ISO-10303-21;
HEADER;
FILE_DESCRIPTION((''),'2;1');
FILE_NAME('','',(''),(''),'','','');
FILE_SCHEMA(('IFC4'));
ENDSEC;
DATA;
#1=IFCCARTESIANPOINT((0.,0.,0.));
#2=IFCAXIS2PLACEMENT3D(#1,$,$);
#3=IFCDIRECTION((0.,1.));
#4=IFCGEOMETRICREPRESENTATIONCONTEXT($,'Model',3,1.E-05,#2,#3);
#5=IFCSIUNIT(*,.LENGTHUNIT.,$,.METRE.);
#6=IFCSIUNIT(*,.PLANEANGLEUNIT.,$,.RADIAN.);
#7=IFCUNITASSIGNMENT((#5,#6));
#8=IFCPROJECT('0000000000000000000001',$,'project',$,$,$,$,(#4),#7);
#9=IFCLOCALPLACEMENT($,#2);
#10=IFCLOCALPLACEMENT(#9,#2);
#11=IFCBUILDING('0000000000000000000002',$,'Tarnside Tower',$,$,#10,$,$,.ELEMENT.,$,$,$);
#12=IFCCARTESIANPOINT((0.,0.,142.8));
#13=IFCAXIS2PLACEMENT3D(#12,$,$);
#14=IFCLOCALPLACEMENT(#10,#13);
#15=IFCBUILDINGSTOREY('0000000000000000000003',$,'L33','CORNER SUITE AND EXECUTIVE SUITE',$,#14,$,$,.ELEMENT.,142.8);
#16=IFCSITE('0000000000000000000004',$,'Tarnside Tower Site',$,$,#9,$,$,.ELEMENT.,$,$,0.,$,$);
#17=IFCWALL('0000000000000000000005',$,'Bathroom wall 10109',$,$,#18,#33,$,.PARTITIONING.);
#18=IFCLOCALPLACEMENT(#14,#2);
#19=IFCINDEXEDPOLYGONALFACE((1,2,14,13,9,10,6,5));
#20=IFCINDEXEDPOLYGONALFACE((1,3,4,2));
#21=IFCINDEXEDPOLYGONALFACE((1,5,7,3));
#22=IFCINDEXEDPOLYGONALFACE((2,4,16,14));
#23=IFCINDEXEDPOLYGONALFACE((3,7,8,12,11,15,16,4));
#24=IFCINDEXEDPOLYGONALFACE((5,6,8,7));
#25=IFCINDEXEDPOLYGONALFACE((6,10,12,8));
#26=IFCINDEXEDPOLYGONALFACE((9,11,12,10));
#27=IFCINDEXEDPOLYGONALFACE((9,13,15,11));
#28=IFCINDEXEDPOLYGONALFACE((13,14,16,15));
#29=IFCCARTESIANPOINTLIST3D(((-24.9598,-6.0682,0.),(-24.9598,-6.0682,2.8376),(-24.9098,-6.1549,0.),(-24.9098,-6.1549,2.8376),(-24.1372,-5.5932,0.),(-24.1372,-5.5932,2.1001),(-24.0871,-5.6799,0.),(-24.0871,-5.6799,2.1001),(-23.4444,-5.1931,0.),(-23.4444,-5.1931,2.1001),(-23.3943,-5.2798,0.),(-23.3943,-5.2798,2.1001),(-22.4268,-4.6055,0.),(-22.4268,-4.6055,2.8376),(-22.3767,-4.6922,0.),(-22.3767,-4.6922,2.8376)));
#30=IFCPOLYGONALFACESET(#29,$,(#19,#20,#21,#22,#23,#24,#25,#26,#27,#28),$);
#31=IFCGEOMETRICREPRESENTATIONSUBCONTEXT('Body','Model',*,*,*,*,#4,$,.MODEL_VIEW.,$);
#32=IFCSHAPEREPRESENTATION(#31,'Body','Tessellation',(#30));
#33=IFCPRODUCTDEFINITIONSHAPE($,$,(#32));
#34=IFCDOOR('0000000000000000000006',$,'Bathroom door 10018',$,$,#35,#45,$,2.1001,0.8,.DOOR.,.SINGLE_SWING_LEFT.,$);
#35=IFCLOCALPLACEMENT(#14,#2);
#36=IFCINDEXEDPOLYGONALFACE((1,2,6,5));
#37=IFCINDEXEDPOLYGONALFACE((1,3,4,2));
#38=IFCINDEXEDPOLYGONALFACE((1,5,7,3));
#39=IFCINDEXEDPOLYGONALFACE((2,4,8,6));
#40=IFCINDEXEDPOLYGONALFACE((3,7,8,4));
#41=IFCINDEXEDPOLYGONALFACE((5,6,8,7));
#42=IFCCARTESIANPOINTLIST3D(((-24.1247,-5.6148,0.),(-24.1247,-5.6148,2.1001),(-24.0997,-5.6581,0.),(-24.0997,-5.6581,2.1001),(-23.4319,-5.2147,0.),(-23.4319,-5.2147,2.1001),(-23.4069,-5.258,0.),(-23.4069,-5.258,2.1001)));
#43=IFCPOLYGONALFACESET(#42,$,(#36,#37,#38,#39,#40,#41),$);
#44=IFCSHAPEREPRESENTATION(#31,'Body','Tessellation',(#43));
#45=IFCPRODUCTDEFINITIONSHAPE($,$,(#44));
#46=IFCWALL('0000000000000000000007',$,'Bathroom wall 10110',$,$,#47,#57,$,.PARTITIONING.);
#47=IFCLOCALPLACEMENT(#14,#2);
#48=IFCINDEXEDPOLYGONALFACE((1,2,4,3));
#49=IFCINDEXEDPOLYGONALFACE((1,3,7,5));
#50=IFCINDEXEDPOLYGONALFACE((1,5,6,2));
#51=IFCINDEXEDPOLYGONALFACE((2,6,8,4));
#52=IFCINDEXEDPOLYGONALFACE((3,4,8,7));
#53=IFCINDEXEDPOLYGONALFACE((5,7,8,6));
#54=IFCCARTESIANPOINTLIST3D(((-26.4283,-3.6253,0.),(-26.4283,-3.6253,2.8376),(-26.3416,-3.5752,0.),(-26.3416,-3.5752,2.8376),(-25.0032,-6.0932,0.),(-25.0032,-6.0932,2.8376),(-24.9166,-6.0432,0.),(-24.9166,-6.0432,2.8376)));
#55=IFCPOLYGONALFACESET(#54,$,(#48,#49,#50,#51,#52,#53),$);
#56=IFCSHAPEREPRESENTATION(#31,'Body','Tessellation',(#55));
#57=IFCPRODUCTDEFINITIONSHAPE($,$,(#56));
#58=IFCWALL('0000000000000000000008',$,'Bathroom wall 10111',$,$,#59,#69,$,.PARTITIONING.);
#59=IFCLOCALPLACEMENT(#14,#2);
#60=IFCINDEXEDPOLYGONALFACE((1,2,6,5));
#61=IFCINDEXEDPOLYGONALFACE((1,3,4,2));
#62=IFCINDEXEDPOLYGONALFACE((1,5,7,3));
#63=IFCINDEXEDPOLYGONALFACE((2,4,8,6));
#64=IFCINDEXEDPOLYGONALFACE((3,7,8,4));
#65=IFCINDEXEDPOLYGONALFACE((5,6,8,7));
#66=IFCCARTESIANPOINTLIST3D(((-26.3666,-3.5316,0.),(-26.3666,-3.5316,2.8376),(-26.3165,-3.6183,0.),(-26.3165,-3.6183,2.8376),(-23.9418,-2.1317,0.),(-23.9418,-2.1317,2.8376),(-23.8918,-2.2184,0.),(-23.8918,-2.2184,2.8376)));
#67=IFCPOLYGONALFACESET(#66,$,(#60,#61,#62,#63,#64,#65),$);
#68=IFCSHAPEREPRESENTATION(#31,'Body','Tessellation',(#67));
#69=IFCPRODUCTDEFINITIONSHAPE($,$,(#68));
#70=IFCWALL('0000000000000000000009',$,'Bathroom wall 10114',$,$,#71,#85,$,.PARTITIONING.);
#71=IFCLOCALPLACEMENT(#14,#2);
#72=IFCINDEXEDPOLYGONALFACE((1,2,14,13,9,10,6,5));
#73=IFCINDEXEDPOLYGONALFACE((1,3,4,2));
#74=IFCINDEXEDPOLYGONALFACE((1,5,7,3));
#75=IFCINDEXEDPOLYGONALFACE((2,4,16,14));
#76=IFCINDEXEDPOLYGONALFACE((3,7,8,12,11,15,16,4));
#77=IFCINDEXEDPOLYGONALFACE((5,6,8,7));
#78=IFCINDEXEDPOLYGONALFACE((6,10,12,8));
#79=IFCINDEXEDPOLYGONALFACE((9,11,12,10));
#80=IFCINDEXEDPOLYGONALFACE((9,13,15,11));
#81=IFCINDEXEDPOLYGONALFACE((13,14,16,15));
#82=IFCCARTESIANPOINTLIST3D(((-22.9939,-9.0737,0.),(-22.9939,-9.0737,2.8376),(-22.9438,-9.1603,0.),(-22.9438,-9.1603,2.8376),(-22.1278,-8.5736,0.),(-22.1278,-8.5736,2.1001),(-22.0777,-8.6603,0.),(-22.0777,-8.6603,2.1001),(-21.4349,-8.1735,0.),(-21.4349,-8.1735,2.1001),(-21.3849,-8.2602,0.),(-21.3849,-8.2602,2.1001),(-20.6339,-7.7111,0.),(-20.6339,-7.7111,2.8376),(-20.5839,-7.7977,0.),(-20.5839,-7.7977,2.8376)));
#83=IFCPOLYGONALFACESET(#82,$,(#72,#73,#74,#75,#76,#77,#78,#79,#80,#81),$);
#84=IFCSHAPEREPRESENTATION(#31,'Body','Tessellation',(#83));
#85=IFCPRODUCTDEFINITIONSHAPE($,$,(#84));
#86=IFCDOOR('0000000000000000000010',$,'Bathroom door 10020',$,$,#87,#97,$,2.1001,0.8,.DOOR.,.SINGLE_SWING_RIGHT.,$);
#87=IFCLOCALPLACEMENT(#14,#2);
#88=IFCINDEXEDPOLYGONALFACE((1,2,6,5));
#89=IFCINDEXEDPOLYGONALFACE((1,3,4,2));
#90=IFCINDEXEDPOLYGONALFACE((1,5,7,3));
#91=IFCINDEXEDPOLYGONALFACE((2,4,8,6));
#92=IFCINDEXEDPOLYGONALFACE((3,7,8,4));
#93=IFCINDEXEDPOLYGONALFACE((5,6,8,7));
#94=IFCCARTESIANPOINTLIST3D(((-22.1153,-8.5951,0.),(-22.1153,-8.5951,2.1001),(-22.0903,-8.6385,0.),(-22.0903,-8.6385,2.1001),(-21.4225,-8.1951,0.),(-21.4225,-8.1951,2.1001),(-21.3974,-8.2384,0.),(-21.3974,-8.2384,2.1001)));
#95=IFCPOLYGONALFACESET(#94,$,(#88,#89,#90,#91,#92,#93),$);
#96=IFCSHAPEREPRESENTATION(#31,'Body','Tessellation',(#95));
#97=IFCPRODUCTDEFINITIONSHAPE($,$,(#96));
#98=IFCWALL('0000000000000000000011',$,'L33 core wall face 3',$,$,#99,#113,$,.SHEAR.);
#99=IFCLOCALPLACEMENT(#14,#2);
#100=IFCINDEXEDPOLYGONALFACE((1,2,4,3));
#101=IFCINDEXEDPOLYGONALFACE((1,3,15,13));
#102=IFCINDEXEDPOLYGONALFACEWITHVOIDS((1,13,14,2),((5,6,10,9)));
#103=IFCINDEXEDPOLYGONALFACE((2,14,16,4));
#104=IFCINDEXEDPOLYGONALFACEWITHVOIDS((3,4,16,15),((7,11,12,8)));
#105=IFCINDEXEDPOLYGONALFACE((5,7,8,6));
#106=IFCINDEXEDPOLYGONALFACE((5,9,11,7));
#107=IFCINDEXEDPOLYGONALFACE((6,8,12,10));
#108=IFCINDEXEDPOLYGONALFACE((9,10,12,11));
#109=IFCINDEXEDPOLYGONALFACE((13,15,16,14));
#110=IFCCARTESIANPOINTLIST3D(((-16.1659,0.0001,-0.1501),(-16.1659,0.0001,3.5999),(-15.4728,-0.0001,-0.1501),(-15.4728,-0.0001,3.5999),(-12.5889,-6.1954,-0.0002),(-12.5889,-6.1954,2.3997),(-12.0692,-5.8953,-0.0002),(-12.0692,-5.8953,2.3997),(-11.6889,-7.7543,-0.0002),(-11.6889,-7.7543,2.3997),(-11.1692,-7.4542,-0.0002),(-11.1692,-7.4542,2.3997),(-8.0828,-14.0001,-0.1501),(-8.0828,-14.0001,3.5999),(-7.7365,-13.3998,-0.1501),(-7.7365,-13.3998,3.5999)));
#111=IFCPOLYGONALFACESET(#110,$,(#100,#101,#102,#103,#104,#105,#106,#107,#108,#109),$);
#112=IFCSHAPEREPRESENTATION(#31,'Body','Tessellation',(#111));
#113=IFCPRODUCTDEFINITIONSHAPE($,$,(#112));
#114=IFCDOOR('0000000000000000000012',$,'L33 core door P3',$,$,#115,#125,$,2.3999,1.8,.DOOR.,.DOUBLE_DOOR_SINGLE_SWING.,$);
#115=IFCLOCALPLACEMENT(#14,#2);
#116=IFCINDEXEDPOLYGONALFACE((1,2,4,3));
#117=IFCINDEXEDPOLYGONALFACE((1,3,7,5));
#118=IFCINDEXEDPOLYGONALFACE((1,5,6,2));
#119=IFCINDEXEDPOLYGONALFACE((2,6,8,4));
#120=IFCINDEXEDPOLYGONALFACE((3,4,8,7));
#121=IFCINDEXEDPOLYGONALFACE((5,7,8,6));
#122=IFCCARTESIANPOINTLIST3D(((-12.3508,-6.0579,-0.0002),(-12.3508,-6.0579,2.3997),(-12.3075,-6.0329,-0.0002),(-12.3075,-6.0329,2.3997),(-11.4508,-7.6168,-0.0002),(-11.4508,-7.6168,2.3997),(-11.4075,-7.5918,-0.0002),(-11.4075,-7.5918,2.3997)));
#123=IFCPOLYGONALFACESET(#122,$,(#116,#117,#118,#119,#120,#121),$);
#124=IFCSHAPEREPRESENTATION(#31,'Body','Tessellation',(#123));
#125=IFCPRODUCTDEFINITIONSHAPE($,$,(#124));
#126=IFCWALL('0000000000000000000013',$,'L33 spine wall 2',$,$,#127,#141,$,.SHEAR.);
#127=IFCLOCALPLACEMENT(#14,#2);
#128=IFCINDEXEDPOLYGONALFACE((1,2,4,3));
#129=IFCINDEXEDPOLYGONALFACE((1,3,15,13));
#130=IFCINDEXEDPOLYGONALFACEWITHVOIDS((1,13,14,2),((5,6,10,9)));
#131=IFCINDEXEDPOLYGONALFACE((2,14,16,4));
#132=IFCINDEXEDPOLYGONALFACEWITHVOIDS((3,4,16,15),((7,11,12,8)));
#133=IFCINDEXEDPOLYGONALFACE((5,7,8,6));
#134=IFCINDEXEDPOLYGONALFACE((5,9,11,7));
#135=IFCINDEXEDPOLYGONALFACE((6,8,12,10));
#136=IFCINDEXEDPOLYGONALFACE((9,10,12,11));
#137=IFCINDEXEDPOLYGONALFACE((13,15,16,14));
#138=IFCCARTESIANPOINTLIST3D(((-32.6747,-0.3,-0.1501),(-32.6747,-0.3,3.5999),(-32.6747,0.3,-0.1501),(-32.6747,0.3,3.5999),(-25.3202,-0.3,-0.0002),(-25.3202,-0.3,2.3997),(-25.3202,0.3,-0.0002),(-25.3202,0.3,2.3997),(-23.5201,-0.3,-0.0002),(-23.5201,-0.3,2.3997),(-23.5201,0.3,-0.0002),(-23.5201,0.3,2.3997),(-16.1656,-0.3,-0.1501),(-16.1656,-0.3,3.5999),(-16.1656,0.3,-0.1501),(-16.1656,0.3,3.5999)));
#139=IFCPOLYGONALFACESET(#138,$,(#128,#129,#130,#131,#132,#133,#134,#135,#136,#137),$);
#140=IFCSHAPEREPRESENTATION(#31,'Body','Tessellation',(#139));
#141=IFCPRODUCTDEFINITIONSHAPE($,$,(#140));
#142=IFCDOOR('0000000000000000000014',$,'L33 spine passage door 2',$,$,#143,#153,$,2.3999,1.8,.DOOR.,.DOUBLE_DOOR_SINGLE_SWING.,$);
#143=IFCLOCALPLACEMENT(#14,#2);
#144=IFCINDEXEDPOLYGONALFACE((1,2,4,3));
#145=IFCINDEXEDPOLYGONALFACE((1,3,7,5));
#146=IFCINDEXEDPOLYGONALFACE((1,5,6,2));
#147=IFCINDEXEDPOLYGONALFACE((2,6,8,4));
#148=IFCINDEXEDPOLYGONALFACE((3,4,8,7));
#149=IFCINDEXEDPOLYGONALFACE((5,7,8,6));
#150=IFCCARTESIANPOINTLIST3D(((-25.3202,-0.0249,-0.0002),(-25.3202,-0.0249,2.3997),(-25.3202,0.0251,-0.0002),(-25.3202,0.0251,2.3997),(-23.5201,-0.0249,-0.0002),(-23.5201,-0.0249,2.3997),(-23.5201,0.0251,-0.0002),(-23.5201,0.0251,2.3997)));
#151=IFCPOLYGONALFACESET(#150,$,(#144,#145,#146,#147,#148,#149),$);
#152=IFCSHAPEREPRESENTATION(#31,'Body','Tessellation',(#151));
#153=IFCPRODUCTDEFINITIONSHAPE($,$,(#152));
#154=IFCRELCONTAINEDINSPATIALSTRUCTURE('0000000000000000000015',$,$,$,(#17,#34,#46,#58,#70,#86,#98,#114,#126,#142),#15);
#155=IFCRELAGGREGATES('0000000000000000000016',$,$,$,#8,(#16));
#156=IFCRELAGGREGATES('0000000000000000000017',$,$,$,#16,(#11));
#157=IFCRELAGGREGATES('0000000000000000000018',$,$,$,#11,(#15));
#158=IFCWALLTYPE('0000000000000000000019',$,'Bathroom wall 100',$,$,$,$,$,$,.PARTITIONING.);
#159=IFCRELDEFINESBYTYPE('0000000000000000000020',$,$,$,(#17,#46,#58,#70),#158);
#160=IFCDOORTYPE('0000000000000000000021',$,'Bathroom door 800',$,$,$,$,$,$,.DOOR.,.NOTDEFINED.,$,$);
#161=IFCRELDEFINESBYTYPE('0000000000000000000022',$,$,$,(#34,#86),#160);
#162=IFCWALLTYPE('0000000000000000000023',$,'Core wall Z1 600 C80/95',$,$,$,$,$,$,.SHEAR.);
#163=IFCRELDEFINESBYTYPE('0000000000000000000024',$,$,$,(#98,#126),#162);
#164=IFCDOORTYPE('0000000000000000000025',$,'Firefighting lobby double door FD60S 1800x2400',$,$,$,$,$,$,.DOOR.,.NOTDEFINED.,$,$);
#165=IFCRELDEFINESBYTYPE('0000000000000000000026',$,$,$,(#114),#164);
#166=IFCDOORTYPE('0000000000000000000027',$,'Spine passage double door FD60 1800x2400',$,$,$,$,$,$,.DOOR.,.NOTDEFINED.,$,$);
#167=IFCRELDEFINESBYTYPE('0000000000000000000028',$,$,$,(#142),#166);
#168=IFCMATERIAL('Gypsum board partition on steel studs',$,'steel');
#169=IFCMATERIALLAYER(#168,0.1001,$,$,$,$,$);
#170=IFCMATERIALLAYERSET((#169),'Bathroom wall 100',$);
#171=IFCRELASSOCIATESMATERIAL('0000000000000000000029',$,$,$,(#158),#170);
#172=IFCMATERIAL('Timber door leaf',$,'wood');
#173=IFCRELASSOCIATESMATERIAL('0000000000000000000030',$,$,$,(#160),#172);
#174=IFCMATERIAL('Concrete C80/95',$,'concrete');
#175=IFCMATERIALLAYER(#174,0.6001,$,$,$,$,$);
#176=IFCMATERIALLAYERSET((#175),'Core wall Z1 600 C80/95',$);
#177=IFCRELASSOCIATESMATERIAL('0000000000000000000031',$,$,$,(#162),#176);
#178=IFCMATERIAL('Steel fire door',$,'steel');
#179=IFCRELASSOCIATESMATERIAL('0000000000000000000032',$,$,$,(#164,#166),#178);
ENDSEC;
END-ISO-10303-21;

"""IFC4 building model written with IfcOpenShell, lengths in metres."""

from ifc_helpers import new_model, si_unit, direction, frame, frame_2d, origin, place, context, subcontext, project, spatial, polyline, rectangle, outline, extrude, material, layer, layer_set, type_object, element, fill, save


model = new_model("IFC4")

# Units and contexts
model_context = context("Model", 3, precision=1e-05, world=origin(), true_north=direction((0.0, 1.0)))
body_context = subcontext(model_context, "Body", "Model", "MODEL_VIEW")
ifc_project = project(units=[si_unit("LENGTHUNIT", "METRE"), si_unit("PLANEANGLEUNIT", "RADIAN")], contexts=[model_context])

# Site, building, storey
site_placement = place(None, origin())
site = spatial("IfcSite", under=ifc_project, at=site_placement, Name="Tarnside Tower Site", CompositionType="ELEMENT", RefElevation=0.0)
building_placement = place(site_placement, origin())
building = spatial("IfcBuilding", under=site, at=building_placement, Name="Tarnside Tower", CompositionType="ELEMENT")
storey_placement = place(building_placement, frame((0.0, 0.0, 142.8)))
storey = spatial("IfcBuildingStorey", under=building, at=storey_placement, Name="L33", Description="CORNER SUITE AND EXECUTIVE SUITE", CompositionType="ELEMENT", Elevation=142.8)

# Wall, opening, door
ifc_material_1 = material(Name="Gypsum board partition on steel studs", Category="steel")
ifc_layer_1 = layer(ifc_material_1, 0.1001)
ifc_layer_set_1 = layer_set([ifc_layer_1], Name="Bathroom wall 100")
wall_type_1 = type_object("IfcWallType", Name="Bathroom wall 100", PredefinedType="PARTITIONING", material=ifc_layer_set_1)
wall_1_placement = place(storey_placement, frame((-22.4019, -4.6489, 0.0), z_axis=(0.0, 0.0, 1.0), x_axis=(-0.86599, -0.500062, 0.0)))
wall_1 = element("IfcWall", 1, at=wall_1_placement, inside=storey, type_object=wall_type_1, Name="Bathroom wall 10109", PredefinedType="PARTITIONING", context=body_context, shape_type="SweptSolid", body=[
    extrude(rectangle(XDim=2.925, YDim=0.1001, at=frame_2d((1.4624, 0.0))), origin(), (0.0, 0.0, 1.0), 2.8376),
])
opening_1_placement = place(wall_1_placement, frame((1.175, 0.0, 0.0)))
opening_1 = element("IfcOpeningElement", 2, at=opening_1_placement, cuts=wall_1, PredefinedType="OPENING", context=body_context, shape_type="SweptSolid", body=[
    extrude(rectangle(XDim=0.8, YDim=2.1001, at=frame_2d((0.3999, 1.05))), frame((0.0, 0.0601, 0.0), z_axis=(0.0, -1.0, 0.0), x_axis=(1.0, 0.0, 0.0)), (0.0, 0.0, 1.0), 0.1201),
])
ifc_material_2 = material(Name="Timber door leaf", Category="wood")
door_type_1 = type_object("IfcDoorType", Name="Bathroom door 800", OperationType="NOTDEFINED", PredefinedType="DOOR", material=ifc_material_2)
door_1_placement = place(opening_1_placement, origin())
door_1 = element("IfcDoor", 3, at=door_1_placement, inside=storey, type_object=door_type_1, Name="Bathroom door 10018", OperationType="SINGLE_SWING_LEFT", OverallHeight=2.1001, OverallWidth=0.8, PredefinedType="DOOR", context=body_context, shape_type="SweptSolid", body=[
    extrude(rectangle(XDim=0.8, YDim=2.1001, at=frame_2d((0.3999, 1.05))), frame((0.0, 0.0249, 0.0), z_axis=(0.0, -1.0, 0.0), x_axis=(1.0, 0.0, 0.0)), (0.0, 0.0, 1.0), 0.05),
])
fill(opening_1, door_1)

# Walls
wall_2_placement = place(storey_placement, frame((-24.96, -6.0681, 0.0), z_axis=(0.0, 0.0, 1.0), x_axis=(-0.500036, 0.866004, 0.0)))
element("IfcWall", 4, at=wall_2_placement, inside=storey, type_object=wall_type_1, Name="Bathroom wall 10110", PredefinedType="PARTITIONING", context=body_context, shape_type="SweptSolid", body=[
    extrude(rectangle(XDim=2.8499, YDim=0.1001, at=frame_2d((1.4248, 0.0))), origin(), (0.0, 0.0, 1.0), 2.8376),
])
wall_3_placement = place(storey_placement, frame((-26.3416, -3.575, 0.0), z_axis=(0.0, 0.0, 1.0), x_axis=(0.866035, 0.499984, 0.0)))
element("IfcWall", 5, at=wall_3_placement, inside=storey, type_object=wall_type_1, Name="Bathroom wall 10111", PredefinedType="PARTITIONING", context=body_context, shape_type="SweptSolid", body=[
    extrude(rectangle(XDim=2.7998, YDim=0.1001, at=frame_2d((1.3999, 0.0))), origin(), (0.0, 0.0, 1.0), 2.8376),
])

# Walls, openings, doors
wall_4_placement = place(storey_placement, frame((-20.6089, -7.7544, 0.0), z_axis=(0.0, 0.0, 1.0), x_axis=(-0.866013, -0.500022, 0.0)))
wall_4 = element("IfcWall", 6, at=wall_4_placement, inside=storey, type_object=wall_type_1, Name="Bathroom wall 10114", PredefinedType="PARTITIONING", context=body_context, shape_type="SweptSolid", body=[
    extrude(rectangle(XDim=2.7251, YDim=0.1001, at=frame_2d((1.3625, 0.0))), origin(), (0.0, 0.0, 1.0), 2.8376),
])
opening_2_placement = place(wall_4_placement, frame((0.925, 0.0, 0.0)))
opening_2 = element("IfcOpeningElement", 7, at=opening_2_placement, cuts=wall_4, PredefinedType="OPENING", context=body_context, shape_type="SweptSolid", body=[
    extrude(rectangle(XDim=0.8, YDim=2.1001, at=frame_2d((0.3999, 1.05))), frame((0.0, 0.0601, 0.0), z_axis=(0.0, -1.0, 0.0), x_axis=(1.0, 0.0, 0.0)), (0.0, 0.0, 1.0), 0.1201),
])
door_2_placement = place(opening_2_placement, origin())
door_2 = element("IfcDoor", 8, at=door_2_placement, inside=storey, type_object=door_type_1, Name="Bathroom door 10020", OperationType="SINGLE_SWING_RIGHT", OverallHeight=2.1001, OverallWidth=0.8, PredefinedType="DOOR", context=body_context, shape_type="SweptSolid", body=[
    extrude(rectangle(XDim=0.8, YDim=2.1001, at=frame_2d((0.3999, 1.05))), frame((0.0, 0.0249, 0.0), z_axis=(0.0, -1.0, 0.0), x_axis=(1.0, 0.0, 0.0)), (0.0, 0.0, 1.0), 0.05),
])
fill(opening_2, door_2)
ifc_material_3 = material(Name="Concrete C80/95", Category="concrete")
ifc_layer_2 = layer(ifc_material_3, 0.6001)
ifc_layer_set_2 = layer_set([ifc_layer_2], Name="Core wall Z1 600 C80/95")
wall_type_2 = type_object("IfcWallType", Name="Core wall Z1 600 C80/95", PredefinedType="SHEAR", material=ifc_layer_set_2)
wall_5_placement = place(storey_placement, frame((-15.8193, 0.0, -0.1501), z_axis=(0.0, 0.0, 1.0), x_axis=(0.5, -0.866025, 0.0)))
wall_5 = element("IfcWall", 9, at=wall_5_placement, inside=storey, type_object=wall_type_2, Name="L33 core wall face 3", PredefinedType="SHEAR", context=body_context, shape_type="SweptSolid", body=[
    extrude(outline(polyline([(-0.1733, -0.3), (15.9927, -0.3), (15.646, 0.3), (0.1733, 0.3), (-0.1733, -0.3)])), origin(), (0.0, 0.0, 1.0), 3.75),
])
opening_3_placement = place(wall_5_placement, frame((6.9807, 0.0, 0.1499)))
opening_3 = element("IfcOpeningElement", 10, at=opening_3_placement, cuts=wall_5, PredefinedType="OPENING", context=body_context, shape_type="SweptSolid", body=[
    extrude(rectangle(XDim=1.8, YDim=2.3999, at=frame_2d((0.8999, 1.2))), frame((0.0, 0.3101, 0.0), z_axis=(0.0, -1.0, 0.0), x_axis=(1.0, 0.0, 0.0)), (0.0, 0.0, 1.0), 0.6201),
])
ifc_material_4 = material(Name="Steel fire door", Category="steel")
door_type_2 = type_object("IfcDoorType", Name="Firefighting lobby double door FD60S 1800x2400", OperationType="NOTDEFINED", PredefinedType="DOOR", material=ifc_material_4)
door_3_placement = place(opening_3_placement, origin())
door_3 = element("IfcDoor", 11, at=door_3_placement, inside=storey, type_object=door_type_2, Name="L33 core door P3", OperationType="DOUBLE_DOOR_SINGLE_SWING", OverallHeight=2.3999, OverallWidth=1.8, PredefinedType="DOOR", context=body_context, shape_type="SweptSolid", body=[
    extrude(rectangle(XDim=1.8, YDim=2.3999, at=frame_2d((0.8999, 1.2))), frame((0.0, 0.0249, 0.0), z_axis=(0.0, -1.0, 0.0), x_axis=(1.0, 0.0, 0.0)), (0.0, 0.0, 1.0), 0.05),
])
fill(opening_3, door_3)
wall_6_placement = place(storey_placement, frame((-16.1658, 0.0, -0.1501), z_axis=(0.0, 0.0, 1.0), x_axis=(-1.0, 0.0, 0.0)))
wall_6 = element("IfcWall", 12, at=wall_6_placement, inside=storey, type_object=wall_type_2, Name="L33 spine wall 2", PredefinedType="SHEAR", context=body_context, shape_type="SweptSolid", body=[
    extrude(rectangle(XDim=16.509, YDim=0.6001, at=frame_2d((8.2544, 0.0))), origin(), (0.0, 0.0, 1.0), 3.75),
])
opening_4_placement = place(wall_6_placement, frame((7.3545, 0.0, 0.1499)))
opening_4 = element("IfcOpeningElement", 13, at=opening_4_placement, cuts=wall_6, PredefinedType="OPENING", context=body_context, shape_type="SweptSolid", body=[
    extrude(rectangle(XDim=1.8, YDim=2.3999, at=frame_2d((0.8999, 1.2))), frame((0.0, 0.3101, 0.0), z_axis=(0.0, -1.0, 0.0), x_axis=(1.0, 0.0, 0.0)), (0.0, 0.0, 1.0), 0.6201),
])
door_type_3 = type_object("IfcDoorType", Name="Spine passage double door FD60 1800x2400", OperationType="NOTDEFINED", PredefinedType="DOOR", material=ifc_material_4)
door_4_placement = place(opening_4_placement, origin())
door_4 = element("IfcDoor", 14, at=door_4_placement, inside=storey, type_object=door_type_3, Name="L33 spine passage door 2", OperationType="DOUBLE_DOOR_SINGLE_SWING", OverallHeight=2.3999, OverallWidth=1.8, PredefinedType="DOOR", context=body_context, shape_type="SweptSolid", body=[
    extrude(rectangle(XDim=1.8, YDim=2.3999, at=frame_2d((0.8999, 1.2))), frame((0.0, 0.0249, 0.0), z_axis=(0.0, -1.0, 0.0), x_axis=(1.0, 0.0, 0.0)), (0.0, 0.0, 1.0), 0.05),
])
fill(opening_4, door_4)

save(model, "model.ifc")
